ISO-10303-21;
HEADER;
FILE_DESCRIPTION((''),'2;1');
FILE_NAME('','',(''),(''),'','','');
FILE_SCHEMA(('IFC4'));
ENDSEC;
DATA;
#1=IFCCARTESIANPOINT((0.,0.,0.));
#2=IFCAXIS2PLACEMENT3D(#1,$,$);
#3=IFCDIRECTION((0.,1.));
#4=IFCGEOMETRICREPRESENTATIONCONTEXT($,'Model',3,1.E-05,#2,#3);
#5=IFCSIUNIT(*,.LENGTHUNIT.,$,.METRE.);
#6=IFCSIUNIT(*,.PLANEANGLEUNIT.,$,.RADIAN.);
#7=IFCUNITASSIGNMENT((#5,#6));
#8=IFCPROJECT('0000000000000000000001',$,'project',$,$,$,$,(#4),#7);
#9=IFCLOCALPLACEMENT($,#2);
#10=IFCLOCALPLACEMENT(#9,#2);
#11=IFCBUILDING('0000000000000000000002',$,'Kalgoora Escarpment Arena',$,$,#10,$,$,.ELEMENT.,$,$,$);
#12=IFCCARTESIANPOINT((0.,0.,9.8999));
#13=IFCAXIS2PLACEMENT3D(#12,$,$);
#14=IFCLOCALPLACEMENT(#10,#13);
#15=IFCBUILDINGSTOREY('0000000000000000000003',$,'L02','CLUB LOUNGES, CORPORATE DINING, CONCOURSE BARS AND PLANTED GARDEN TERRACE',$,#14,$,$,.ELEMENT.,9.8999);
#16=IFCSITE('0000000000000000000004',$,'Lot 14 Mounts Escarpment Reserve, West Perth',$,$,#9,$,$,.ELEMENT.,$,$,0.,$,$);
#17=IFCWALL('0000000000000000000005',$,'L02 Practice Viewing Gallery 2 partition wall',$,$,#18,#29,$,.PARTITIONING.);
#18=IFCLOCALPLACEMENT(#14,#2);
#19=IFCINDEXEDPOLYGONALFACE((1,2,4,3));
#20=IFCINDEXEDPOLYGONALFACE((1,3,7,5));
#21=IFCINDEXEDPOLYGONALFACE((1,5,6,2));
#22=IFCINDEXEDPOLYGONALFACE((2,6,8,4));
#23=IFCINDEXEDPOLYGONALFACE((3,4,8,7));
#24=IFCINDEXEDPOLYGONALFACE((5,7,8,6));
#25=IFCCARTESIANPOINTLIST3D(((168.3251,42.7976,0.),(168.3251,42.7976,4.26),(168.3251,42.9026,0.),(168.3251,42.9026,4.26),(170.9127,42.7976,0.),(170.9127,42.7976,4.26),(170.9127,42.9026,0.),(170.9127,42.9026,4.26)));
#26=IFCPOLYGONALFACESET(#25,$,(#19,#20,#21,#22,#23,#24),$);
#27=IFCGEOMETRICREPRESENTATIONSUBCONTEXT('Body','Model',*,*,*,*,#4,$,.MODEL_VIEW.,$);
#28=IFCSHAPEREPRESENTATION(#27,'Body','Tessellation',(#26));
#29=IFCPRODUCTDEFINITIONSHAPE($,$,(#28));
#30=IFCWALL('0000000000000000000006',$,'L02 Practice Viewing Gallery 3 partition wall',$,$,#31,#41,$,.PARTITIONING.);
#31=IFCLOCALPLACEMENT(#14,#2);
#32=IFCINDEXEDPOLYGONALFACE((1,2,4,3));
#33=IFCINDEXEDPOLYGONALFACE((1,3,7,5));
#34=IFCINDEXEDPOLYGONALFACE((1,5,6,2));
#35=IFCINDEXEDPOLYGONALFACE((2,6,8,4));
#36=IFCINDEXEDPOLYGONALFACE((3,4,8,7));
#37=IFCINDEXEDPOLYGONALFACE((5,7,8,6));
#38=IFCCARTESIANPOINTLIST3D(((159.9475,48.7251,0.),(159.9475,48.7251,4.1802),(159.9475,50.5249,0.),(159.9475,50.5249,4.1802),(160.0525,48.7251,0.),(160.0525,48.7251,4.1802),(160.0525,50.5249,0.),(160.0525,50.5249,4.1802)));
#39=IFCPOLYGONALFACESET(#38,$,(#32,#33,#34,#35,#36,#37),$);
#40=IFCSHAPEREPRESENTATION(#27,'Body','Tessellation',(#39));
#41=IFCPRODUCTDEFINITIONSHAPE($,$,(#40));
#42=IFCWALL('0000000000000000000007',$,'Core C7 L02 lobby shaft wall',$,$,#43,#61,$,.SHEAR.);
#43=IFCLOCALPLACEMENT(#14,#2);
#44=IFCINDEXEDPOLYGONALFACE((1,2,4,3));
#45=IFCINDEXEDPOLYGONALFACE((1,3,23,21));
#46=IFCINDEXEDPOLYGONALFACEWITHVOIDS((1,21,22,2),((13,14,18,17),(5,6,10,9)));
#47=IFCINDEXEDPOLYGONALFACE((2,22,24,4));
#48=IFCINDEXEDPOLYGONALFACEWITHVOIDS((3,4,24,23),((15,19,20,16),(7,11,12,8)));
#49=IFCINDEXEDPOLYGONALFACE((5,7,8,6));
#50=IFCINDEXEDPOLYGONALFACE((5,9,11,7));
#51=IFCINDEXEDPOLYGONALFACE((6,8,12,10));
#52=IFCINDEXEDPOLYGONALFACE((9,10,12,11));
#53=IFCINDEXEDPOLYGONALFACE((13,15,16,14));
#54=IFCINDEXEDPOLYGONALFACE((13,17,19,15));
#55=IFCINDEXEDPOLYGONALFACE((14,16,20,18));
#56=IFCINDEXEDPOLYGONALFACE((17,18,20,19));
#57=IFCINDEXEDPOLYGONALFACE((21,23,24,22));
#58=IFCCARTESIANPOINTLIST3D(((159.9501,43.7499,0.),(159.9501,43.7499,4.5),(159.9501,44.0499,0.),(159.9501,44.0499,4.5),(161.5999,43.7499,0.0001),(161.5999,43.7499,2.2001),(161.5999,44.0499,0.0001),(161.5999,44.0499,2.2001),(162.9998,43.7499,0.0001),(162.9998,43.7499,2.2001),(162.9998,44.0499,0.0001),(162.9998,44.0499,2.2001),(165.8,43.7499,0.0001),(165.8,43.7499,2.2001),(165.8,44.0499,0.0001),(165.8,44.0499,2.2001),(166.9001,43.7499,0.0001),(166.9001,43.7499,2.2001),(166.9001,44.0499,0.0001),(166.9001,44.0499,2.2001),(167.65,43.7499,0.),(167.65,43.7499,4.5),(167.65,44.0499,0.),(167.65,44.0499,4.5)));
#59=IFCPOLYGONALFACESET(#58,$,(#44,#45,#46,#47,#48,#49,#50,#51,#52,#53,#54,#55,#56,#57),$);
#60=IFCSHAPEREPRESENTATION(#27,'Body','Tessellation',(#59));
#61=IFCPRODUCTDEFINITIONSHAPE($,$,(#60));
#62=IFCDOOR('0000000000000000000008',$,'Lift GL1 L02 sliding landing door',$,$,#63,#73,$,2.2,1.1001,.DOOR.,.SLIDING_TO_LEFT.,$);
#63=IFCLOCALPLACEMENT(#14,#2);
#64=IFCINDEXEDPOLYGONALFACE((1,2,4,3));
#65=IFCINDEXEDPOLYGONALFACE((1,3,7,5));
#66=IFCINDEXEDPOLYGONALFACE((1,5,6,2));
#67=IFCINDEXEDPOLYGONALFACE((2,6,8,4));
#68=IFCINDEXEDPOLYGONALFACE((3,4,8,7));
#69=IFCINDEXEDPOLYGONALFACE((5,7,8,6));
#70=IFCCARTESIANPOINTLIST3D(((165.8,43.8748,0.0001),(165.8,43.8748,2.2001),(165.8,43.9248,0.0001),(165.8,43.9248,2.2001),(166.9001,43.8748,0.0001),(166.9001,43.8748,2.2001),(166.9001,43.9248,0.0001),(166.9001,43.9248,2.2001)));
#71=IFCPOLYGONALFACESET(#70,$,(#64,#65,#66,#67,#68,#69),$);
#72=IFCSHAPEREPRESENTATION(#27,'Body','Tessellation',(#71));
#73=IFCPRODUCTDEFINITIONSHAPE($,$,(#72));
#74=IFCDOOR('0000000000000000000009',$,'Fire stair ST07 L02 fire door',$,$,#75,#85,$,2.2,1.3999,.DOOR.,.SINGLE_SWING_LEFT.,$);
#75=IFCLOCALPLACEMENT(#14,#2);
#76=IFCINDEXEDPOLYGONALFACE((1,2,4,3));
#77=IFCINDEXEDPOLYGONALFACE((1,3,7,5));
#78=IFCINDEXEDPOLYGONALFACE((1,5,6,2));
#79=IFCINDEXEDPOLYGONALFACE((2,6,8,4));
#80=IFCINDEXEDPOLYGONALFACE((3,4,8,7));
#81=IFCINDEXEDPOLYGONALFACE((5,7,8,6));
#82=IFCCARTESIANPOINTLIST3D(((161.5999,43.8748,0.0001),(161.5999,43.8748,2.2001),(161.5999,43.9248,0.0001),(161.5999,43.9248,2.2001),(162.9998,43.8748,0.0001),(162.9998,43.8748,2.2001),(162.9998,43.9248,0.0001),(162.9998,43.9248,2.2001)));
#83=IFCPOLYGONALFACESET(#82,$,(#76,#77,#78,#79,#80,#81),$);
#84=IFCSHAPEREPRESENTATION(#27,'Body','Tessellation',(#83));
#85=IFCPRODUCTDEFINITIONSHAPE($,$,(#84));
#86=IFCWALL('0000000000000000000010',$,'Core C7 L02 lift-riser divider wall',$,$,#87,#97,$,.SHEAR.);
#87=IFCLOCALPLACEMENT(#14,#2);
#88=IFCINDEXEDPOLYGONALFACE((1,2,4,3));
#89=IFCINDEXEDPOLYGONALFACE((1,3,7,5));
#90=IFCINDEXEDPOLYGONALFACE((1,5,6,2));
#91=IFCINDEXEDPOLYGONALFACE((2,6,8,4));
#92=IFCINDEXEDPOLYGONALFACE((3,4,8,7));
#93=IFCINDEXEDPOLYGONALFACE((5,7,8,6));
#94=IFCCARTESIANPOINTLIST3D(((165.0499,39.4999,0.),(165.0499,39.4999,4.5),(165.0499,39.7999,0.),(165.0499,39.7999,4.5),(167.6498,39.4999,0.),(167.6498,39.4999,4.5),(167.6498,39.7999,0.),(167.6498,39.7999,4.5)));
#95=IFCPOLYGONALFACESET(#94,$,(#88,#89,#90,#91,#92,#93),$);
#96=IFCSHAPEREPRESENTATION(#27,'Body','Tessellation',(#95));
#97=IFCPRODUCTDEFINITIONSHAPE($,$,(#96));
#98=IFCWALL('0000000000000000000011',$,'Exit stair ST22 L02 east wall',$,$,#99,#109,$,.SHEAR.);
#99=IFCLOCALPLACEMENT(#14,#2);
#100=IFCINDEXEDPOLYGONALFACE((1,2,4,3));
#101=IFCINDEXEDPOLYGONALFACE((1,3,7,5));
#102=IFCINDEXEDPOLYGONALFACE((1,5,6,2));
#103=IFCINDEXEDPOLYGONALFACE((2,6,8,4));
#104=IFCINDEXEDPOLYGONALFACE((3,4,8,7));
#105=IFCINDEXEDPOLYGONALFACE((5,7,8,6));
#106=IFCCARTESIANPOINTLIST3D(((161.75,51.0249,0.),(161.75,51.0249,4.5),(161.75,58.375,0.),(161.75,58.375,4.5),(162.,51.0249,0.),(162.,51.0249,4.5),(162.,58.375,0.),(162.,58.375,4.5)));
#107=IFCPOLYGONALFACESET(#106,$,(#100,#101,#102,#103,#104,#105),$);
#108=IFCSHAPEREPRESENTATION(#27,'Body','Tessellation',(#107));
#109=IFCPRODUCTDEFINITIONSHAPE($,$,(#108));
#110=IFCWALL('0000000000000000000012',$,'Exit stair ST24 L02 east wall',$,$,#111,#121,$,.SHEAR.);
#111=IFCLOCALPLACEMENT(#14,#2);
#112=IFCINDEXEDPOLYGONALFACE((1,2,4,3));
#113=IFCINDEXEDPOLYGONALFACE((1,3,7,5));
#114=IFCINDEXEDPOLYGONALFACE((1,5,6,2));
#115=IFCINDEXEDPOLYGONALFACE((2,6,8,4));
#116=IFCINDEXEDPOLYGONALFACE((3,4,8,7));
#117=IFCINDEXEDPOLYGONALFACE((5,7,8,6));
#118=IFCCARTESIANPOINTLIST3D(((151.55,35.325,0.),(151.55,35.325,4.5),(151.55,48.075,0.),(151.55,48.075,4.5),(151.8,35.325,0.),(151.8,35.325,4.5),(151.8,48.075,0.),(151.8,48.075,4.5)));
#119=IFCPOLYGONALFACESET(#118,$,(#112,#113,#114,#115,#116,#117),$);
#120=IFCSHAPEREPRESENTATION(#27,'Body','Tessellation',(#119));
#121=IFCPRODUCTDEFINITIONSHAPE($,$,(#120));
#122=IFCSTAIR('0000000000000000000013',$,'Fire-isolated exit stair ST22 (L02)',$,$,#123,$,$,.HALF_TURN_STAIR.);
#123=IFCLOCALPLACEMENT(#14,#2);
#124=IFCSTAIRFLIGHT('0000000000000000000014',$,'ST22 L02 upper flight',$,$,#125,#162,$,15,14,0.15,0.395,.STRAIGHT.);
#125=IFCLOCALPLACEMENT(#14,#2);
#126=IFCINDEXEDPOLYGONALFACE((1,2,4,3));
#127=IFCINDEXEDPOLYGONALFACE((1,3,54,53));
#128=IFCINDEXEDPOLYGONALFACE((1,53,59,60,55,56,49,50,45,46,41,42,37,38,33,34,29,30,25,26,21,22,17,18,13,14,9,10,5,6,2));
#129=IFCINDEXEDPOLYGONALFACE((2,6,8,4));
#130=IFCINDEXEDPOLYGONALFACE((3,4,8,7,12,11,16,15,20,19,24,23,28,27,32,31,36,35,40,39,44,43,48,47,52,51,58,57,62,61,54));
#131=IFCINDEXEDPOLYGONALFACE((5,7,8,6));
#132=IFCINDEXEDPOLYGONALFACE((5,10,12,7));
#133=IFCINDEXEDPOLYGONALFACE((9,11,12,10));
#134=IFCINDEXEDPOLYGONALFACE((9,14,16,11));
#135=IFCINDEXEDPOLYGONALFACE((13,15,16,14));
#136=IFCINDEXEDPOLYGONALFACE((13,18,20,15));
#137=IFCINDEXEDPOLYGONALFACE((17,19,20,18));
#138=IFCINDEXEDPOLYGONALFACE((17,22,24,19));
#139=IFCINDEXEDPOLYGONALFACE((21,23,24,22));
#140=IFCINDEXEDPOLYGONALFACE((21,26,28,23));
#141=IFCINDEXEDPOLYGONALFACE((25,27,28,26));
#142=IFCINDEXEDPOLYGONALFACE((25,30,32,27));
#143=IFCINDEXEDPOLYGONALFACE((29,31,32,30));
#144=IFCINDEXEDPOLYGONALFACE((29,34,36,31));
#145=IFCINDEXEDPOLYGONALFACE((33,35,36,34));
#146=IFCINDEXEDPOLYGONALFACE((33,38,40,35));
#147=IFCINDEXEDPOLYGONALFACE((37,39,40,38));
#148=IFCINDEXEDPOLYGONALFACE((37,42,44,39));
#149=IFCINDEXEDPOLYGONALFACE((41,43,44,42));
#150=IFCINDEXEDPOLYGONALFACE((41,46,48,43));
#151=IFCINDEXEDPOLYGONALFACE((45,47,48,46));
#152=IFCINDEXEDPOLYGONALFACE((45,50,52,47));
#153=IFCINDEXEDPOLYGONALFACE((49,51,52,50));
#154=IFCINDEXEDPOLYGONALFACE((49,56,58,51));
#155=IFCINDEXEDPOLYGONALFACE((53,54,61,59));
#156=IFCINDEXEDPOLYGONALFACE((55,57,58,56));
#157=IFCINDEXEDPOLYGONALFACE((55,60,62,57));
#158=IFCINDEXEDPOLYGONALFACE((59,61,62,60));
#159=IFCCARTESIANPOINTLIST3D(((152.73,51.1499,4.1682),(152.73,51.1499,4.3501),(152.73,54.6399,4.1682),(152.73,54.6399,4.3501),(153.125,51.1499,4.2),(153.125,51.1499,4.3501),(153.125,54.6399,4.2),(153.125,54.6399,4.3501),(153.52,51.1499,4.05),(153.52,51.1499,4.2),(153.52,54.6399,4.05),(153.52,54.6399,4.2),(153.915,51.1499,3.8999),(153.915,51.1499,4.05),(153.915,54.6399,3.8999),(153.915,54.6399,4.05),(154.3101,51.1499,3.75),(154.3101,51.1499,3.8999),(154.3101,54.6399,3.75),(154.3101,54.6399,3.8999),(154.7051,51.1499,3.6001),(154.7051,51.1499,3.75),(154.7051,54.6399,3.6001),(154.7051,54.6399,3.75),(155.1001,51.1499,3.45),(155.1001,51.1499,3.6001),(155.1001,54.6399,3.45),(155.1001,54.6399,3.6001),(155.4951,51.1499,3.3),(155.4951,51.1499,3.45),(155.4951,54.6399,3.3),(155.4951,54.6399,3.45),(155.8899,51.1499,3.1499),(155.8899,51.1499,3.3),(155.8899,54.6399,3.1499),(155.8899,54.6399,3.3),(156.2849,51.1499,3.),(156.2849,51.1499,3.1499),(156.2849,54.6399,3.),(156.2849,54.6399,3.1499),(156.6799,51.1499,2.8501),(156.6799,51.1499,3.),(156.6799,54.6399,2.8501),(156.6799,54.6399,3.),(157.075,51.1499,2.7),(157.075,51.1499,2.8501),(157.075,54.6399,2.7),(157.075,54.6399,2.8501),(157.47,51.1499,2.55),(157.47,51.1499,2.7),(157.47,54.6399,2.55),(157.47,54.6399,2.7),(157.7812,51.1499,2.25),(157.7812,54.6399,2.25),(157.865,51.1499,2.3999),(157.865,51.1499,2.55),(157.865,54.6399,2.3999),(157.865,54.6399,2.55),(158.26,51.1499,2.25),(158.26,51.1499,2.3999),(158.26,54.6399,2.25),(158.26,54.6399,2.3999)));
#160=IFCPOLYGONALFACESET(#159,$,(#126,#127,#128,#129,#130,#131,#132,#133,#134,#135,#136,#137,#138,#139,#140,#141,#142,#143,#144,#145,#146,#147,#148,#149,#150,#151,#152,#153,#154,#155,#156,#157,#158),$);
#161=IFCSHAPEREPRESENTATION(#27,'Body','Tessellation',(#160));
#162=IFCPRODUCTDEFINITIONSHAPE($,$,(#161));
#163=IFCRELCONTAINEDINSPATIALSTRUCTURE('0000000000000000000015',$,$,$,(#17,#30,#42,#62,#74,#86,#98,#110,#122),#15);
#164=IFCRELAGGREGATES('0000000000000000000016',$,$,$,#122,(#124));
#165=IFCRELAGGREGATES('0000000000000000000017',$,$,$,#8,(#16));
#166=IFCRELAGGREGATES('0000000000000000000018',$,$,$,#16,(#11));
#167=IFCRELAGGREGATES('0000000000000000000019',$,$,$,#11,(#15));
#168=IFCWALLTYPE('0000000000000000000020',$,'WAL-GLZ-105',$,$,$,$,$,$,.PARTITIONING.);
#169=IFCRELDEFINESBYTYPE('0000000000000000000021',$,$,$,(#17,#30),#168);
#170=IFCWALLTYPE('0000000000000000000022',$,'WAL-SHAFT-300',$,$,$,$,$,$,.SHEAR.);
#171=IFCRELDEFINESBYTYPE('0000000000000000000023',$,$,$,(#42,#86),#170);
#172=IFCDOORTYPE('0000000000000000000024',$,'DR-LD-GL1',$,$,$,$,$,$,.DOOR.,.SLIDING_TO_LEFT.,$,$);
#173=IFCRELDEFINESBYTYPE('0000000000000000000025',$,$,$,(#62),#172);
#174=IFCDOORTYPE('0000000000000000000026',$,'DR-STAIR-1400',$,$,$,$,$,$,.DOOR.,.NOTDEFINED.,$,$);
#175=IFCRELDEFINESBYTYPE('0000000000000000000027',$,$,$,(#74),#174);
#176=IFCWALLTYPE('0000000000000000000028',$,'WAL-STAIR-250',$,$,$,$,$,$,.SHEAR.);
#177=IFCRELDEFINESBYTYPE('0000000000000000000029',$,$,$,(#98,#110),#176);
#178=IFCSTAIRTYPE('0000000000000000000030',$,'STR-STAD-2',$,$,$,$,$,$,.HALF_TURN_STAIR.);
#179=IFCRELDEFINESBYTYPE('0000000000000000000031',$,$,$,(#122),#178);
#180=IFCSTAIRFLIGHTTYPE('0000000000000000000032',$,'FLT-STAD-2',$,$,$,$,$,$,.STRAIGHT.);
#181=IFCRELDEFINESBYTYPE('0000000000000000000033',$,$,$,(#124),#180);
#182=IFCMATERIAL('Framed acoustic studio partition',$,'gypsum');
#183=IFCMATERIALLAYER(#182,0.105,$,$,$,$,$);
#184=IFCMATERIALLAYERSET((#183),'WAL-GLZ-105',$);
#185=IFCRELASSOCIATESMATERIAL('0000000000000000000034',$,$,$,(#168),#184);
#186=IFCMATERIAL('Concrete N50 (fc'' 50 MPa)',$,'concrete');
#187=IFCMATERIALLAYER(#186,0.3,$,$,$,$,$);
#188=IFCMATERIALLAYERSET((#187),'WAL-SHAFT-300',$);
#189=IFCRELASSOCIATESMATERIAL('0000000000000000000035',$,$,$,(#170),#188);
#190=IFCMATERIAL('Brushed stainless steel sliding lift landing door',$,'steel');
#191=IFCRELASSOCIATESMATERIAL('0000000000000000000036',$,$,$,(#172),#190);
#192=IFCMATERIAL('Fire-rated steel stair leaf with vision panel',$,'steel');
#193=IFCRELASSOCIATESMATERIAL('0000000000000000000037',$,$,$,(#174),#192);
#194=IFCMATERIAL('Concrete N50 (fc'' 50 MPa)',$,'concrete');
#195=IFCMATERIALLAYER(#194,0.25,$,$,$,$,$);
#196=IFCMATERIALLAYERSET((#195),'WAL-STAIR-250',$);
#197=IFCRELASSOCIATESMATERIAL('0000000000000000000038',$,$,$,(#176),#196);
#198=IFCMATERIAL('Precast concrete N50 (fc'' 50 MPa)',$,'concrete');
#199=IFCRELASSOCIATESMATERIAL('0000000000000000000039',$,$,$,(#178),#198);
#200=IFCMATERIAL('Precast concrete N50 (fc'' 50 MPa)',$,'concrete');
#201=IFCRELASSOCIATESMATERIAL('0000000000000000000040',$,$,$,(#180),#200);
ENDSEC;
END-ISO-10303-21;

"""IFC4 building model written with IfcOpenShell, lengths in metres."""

from ifc_helpers import new_model, si_unit, direction, frame, frame_2d, origin, place, context, subcontext, project, spatial, polyline, rectangle, outline, extrude, material, layer, layer_set, type_object, element, fill, aggregate, save


model = new_model("IFC4")

# Units and contexts
model_context = context("Model", 3, precision=1e-05, world=origin(), true_north=direction((0.0, 1.0)))
body_context = subcontext(model_context, "Body", "Model", "MODEL_VIEW")
ifc_project = project(units=[si_unit("LENGTHUNIT", "METRE"), si_unit("PLANEANGLEUNIT", "RADIAN")], contexts=[model_context])

# Site, building, storey
site_placement = place(None, origin())
site = spatial("IfcSite", under=ifc_project, at=site_placement, Name="Lot 14 Mounts Escarpment Reserve, West Perth", CompositionType="ELEMENT", RefElevation=0.0)
building_placement = place(site_placement, origin())
building = spatial("IfcBuilding", under=site, at=building_placement, Name="Kalgoora Escarpment Arena", CompositionType="ELEMENT")
storey_placement = place(building_placement, frame((0.0, 0.0, 9.8999)))
storey = spatial("IfcBuildingStorey", under=building, at=storey_placement, Name="L02", Description="CLUB LOUNGES, CORPORATE DINING, CONCOURSE BARS AND PLANTED GARDEN TERRACE", CompositionType="ELEMENT", Elevation=9.8999)

# Shared definitions
ifc_material_1 = material(Name="Framed acoustic studio partition", Category="gypsum")
ifc_layer_1 = layer(ifc_material_1, 0.105)
ifc_layer_set_1 = layer_set([ifc_layer_1], Name="WAL-GLZ-105")
wall_type_1 = type_object("IfcWallType", Name="WAL-GLZ-105", PredefinedType="PARTITIONING", material=ifc_layer_set_1)

# Walls
wall_1_placement = place(storey_placement, frame((168.325, 42.8501, 0.0), z_axis=(0.0, 0.0, 1.0), x_axis=(1.0, 0.0, 0.0)))
element("IfcWall", 1, at=wall_1_placement, inside=storey, type_object=wall_type_1, Name="L02 Practice Viewing Gallery 2 partition wall", PredefinedType="PARTITIONING", context=body_context, shape_type="SweptSolid", body=[
    extrude(rectangle(XDim=2.5876, YDim=0.105, at=frame_2d((1.2939, 0.0))), origin(), (0.0, 0.0, 1.0), 4.26),
])
wall_2_placement = place(storey_placement, frame((160.0, 48.7251, 0.0), z_axis=(0.0, 0.0, 1.0), x_axis=(0.0, 1.0, 0.0)))
element("IfcWall", 2, at=wall_2_placement, inside=storey, type_object=wall_type_1, Name="L02 Practice Viewing Gallery 3 partition wall", PredefinedType="PARTITIONING", context=body_context, shape_type="SweptSolid", body=[
    extrude(rectangle(XDim=1.7998, YDim=0.105, at=frame_2d((0.8999, 0.0))), origin(), (0.0, 0.0, 1.0), 4.1802),
])

# Wall, openings, doors
ifc_material_2 = material(Name="Concrete N50 (fc' 50 MPa)", Category="concrete")
ifc_layer_2 = layer(ifc_material_2, 0.3)
ifc_layer_set_2 = layer_set([ifc_layer_2], Name="WAL-SHAFT-300")
wall_type_2 = type_object("IfcWallType", Name="WAL-SHAFT-300", PredefinedType="SHEAR", material=ifc_layer_set_2)
wall_3_placement = place(storey_placement, frame((159.95, 43.8999, 0.0), z_axis=(0.0, 0.0, 1.0), x_axis=(1.0, 0.0, 0.0)))
wall_3 = element("IfcWall", 3, at=wall_3_placement, inside=storey, type_object=wall_type_2, Name="Core C7 L02 lobby shaft wall", PredefinedType="SHEAR", context=body_context, shape_type="SweptSolid", body=[
    extrude(rectangle(XDim=7.7, YDim=0.3, at=frame_2d((3.8501, 0.0))), origin(), (0.0, 0.0, 1.0), 4.5),
])
opening_1_placement = place(wall_3_placement, frame((1.6499, 0.0, 0.0)))
opening_1 = element("IfcOpeningElement", 4, at=opening_1_placement, cuts=wall_3, PredefinedType="OPENING", context=body_context, shape_type="SweptSolid", body=[
    extrude(rectangle(XDim=1.3999, YDim=2.2, at=frame_2d((0.7, 1.1001))), frame((0.0, 0.1599, 0.0), z_axis=(0.0, -1.0, 0.0), x_axis=(1.0, 0.0, 0.0)), (0.0, 0.0, 1.0), 0.3201),
])
opening_2_placement = place(wall_3_placement, frame((5.8501, 0.0, 0.0)))
opening_2 = element("IfcOpeningElement", 5, at=opening_2_placement, cuts=wall_3, PredefinedType="OPENING", context=body_context, shape_type="SweptSolid", body=[
    extrude(rectangle(XDim=1.1001, YDim=2.2, at=frame_2d((0.55, 1.1001))), frame((0.0, 0.1599, 0.0), z_axis=(0.0, -1.0, 0.0), x_axis=(1.0, 0.0, 0.0)), (0.0, 0.0, 1.0), 0.3201),
])
ifc_material_3 = material(Name="Brushed stainless steel sliding lift landing door", Category="steel")
door_type_1 = type_object("IfcDoorType", Name="DR-LD-GL1", OperationType="SLIDING_TO_LEFT", PredefinedType="DOOR", material=ifc_material_3)
door_1_placement = place(opening_2_placement, origin())
door_1 = element("IfcDoor", 6, at=door_1_placement, inside=storey, type_object=door_type_1, Name="Lift GL1 L02 sliding landing door", OperationType="SLIDING_TO_LEFT", OverallHeight=2.2, OverallWidth=1.1001, PredefinedType="DOOR", context=body_context, shape_type="SweptSolid", body=[
    extrude(rectangle(XDim=1.1001, YDim=2.2, at=frame_2d((0.55, 1.1001))), frame((0.0, 0.0249, 0.0), z_axis=(0.0, -1.0, 0.0), x_axis=(1.0, 0.0, 0.0)), (0.0, 0.0, 1.0), 0.05),
])
fill(opening_2, door_1)
ifc_material_4 = material(Name="Fire-rated steel stair leaf with vision panel", Category="steel")
door_type_2 = type_object("IfcDoorType", Name="DR-STAIR-1400", OperationType="NOTDEFINED", PredefinedType="DOOR", material=ifc_material_4)
door_2_placement = place(opening_1_placement, origin())
door_2 = element("IfcDoor", 7, at=door_2_placement, inside=storey, type_object=door_type_2, Name="Fire stair ST07 L02 fire door", OperationType="SINGLE_SWING_LEFT", OverallHeight=2.2, OverallWidth=1.3999, PredefinedType="DOOR", context=body_context, shape_type="SweptSolid", body=[
    extrude(rectangle(XDim=1.3999, YDim=2.2, at=frame_2d((0.7, 1.1001))), frame((0.0, 0.0249, 0.0), z_axis=(0.0, -1.0, 0.0), x_axis=(1.0, 0.0, 0.0)), (0.0, 0.0, 1.0), 0.05),
])
fill(opening_1, door_2)

# Walls
wall_4_placement = place(storey_placement, frame((165.05, 39.6499, 0.0), z_axis=(0.0, 0.0, 1.0), x_axis=(1.0, 0.0, 0.0)))
element("IfcWall", 8, at=wall_4_placement, inside=storey, type_object=wall_type_2, Name="Core C7 L02 lift-riser divider wall", PredefinedType="SHEAR", context=body_context, shape_type="SweptSolid", body=[
    extrude(rectangle(XDim=2.5999, YDim=0.3, at=frame_2d((1.2998, 0.0))), origin(), (0.0, 0.0, 1.0), 4.5),
])
ifc_material_5 = material(Name="Concrete N50 (fc' 50 MPa)", Category="concrete")
ifc_layer_3 = layer(ifc_material_5, 0.25)
ifc_layer_set_3 = layer_set([ifc_layer_3], Name="WAL-STAIR-250")
wall_type_3 = type_object("IfcWallType", Name="WAL-STAIR-250", PredefinedType="SHEAR", material=ifc_layer_set_3)
wall_5_placement = place(storey_placement, frame((161.875, 51.0249, 0.0), z_axis=(0.0, 0.0, 1.0), x_axis=(0.0, 1.0, 0.0)))
element("IfcWall", 9, at=wall_5_placement, inside=storey, type_object=wall_type_3, Name="Exit stair ST22 L02 east wall", PredefinedType="SHEAR", context=body_context, shape_type="SweptSolid", body=[
    extrude(rectangle(XDim=7.3501, YDim=0.25, at=frame_2d((3.675, 0.0))), origin(), (0.0, 0.0, 1.0), 4.5),
])
wall_6_placement = place(storey_placement, frame((151.675, 35.325, 0.0), z_axis=(0.0, 0.0, 1.0), x_axis=(0.0, 1.0, 0.0)))
element("IfcWall", 10, at=wall_6_placement, inside=storey, type_object=wall_type_3, Name="Exit stair ST24 L02 east wall", PredefinedType="SHEAR", context=body_context, shape_type="SweptSolid", body=[
    extrude(rectangle(XDim=12.75, YDim=0.25, at=frame_2d((6.375, 0.0))), origin(), (0.0, 0.0, 1.0), 4.5),
])

# Stair, stair flight
ifc_material_6 = material(Name="Precast concrete N50 (fc' 50 MPa)", Category="concrete")
stair_type = type_object("IfcStairType", Name="STR-STAD-2", PredefinedType="HALF_TURN_STAIR", material=ifc_material_6)
stair_placement = place(storey_placement, origin())
stair = element("IfcStair", 11, at=stair_placement, inside=storey, type_object=stair_type, Name="Fire-isolated exit stair ST22 (L02)", PredefinedType="HALF_TURN_STAIR")
ifc_material_7 = material(Name="Precast concrete N50 (fc' 50 MPa)", Category="concrete")
stair_flight_type = type_object("IfcStairFlightType", Name="FLT-STAD-2", PredefinedType="STRAIGHT", material=ifc_material_7)
stair_flight_placement = place(storey_placement, frame((158.26, 52.895, 2.25), z_axis=(0.0, 0.0, 1.0), x_axis=(-1.0, 0.0, 0.0)))
stair_flight = element("IfcStairFlight", 12, at=stair_flight_placement, type_object=stair_flight_type, Name="ST22 L02 upper flight", NumberOfRisers=15, NumberOfTreads=14, PredefinedType="STRAIGHT", RiserHeight=0.15, TreadLength=0.395, context=body_context, shape_type="SweptSolid", body=[
    extrude(outline(polyline([(0.0, 0.0), (0.0, 0.1499), (0.395, 0.1499), (0.395, 0.3), (0.79, 0.3), (0.79, 0.45), (1.1851, 0.45), (1.1851, 0.6001), (1.5801, 0.6001), (1.5801, 0.75), (1.9751, 0.75), (1.9751, 0.8999), (2.3701, 0.8999), (2.3701, 1.05), (2.7649, 1.05), (2.7649, 1.2), (3.1599, 1.2), (3.1599, 1.3501), (3.5549, 1.3501), (3.5549, 1.5), (3.95, 1.5), (3.95, 1.6499), (4.345, 1.6499), (4.345, 1.8), (4.74, 1.8), (4.74, 1.95), (5.135, 1.95), (5.135, 2.1001), (5.53, 2.1001), (5.53, 2.25), (5.53, 1.9182), (0.4788, 0.0), (0.0, 0.0)])), frame((0.0, 1.7451, 0.0), z_axis=(0.0, -1.0, 0.0), x_axis=(1.0, 0.0, 0.0)), (0.0, 0.0, 1.0), 3.49),
])
aggregate(stair, [stair_flight])

save(model, "model.ifc")
